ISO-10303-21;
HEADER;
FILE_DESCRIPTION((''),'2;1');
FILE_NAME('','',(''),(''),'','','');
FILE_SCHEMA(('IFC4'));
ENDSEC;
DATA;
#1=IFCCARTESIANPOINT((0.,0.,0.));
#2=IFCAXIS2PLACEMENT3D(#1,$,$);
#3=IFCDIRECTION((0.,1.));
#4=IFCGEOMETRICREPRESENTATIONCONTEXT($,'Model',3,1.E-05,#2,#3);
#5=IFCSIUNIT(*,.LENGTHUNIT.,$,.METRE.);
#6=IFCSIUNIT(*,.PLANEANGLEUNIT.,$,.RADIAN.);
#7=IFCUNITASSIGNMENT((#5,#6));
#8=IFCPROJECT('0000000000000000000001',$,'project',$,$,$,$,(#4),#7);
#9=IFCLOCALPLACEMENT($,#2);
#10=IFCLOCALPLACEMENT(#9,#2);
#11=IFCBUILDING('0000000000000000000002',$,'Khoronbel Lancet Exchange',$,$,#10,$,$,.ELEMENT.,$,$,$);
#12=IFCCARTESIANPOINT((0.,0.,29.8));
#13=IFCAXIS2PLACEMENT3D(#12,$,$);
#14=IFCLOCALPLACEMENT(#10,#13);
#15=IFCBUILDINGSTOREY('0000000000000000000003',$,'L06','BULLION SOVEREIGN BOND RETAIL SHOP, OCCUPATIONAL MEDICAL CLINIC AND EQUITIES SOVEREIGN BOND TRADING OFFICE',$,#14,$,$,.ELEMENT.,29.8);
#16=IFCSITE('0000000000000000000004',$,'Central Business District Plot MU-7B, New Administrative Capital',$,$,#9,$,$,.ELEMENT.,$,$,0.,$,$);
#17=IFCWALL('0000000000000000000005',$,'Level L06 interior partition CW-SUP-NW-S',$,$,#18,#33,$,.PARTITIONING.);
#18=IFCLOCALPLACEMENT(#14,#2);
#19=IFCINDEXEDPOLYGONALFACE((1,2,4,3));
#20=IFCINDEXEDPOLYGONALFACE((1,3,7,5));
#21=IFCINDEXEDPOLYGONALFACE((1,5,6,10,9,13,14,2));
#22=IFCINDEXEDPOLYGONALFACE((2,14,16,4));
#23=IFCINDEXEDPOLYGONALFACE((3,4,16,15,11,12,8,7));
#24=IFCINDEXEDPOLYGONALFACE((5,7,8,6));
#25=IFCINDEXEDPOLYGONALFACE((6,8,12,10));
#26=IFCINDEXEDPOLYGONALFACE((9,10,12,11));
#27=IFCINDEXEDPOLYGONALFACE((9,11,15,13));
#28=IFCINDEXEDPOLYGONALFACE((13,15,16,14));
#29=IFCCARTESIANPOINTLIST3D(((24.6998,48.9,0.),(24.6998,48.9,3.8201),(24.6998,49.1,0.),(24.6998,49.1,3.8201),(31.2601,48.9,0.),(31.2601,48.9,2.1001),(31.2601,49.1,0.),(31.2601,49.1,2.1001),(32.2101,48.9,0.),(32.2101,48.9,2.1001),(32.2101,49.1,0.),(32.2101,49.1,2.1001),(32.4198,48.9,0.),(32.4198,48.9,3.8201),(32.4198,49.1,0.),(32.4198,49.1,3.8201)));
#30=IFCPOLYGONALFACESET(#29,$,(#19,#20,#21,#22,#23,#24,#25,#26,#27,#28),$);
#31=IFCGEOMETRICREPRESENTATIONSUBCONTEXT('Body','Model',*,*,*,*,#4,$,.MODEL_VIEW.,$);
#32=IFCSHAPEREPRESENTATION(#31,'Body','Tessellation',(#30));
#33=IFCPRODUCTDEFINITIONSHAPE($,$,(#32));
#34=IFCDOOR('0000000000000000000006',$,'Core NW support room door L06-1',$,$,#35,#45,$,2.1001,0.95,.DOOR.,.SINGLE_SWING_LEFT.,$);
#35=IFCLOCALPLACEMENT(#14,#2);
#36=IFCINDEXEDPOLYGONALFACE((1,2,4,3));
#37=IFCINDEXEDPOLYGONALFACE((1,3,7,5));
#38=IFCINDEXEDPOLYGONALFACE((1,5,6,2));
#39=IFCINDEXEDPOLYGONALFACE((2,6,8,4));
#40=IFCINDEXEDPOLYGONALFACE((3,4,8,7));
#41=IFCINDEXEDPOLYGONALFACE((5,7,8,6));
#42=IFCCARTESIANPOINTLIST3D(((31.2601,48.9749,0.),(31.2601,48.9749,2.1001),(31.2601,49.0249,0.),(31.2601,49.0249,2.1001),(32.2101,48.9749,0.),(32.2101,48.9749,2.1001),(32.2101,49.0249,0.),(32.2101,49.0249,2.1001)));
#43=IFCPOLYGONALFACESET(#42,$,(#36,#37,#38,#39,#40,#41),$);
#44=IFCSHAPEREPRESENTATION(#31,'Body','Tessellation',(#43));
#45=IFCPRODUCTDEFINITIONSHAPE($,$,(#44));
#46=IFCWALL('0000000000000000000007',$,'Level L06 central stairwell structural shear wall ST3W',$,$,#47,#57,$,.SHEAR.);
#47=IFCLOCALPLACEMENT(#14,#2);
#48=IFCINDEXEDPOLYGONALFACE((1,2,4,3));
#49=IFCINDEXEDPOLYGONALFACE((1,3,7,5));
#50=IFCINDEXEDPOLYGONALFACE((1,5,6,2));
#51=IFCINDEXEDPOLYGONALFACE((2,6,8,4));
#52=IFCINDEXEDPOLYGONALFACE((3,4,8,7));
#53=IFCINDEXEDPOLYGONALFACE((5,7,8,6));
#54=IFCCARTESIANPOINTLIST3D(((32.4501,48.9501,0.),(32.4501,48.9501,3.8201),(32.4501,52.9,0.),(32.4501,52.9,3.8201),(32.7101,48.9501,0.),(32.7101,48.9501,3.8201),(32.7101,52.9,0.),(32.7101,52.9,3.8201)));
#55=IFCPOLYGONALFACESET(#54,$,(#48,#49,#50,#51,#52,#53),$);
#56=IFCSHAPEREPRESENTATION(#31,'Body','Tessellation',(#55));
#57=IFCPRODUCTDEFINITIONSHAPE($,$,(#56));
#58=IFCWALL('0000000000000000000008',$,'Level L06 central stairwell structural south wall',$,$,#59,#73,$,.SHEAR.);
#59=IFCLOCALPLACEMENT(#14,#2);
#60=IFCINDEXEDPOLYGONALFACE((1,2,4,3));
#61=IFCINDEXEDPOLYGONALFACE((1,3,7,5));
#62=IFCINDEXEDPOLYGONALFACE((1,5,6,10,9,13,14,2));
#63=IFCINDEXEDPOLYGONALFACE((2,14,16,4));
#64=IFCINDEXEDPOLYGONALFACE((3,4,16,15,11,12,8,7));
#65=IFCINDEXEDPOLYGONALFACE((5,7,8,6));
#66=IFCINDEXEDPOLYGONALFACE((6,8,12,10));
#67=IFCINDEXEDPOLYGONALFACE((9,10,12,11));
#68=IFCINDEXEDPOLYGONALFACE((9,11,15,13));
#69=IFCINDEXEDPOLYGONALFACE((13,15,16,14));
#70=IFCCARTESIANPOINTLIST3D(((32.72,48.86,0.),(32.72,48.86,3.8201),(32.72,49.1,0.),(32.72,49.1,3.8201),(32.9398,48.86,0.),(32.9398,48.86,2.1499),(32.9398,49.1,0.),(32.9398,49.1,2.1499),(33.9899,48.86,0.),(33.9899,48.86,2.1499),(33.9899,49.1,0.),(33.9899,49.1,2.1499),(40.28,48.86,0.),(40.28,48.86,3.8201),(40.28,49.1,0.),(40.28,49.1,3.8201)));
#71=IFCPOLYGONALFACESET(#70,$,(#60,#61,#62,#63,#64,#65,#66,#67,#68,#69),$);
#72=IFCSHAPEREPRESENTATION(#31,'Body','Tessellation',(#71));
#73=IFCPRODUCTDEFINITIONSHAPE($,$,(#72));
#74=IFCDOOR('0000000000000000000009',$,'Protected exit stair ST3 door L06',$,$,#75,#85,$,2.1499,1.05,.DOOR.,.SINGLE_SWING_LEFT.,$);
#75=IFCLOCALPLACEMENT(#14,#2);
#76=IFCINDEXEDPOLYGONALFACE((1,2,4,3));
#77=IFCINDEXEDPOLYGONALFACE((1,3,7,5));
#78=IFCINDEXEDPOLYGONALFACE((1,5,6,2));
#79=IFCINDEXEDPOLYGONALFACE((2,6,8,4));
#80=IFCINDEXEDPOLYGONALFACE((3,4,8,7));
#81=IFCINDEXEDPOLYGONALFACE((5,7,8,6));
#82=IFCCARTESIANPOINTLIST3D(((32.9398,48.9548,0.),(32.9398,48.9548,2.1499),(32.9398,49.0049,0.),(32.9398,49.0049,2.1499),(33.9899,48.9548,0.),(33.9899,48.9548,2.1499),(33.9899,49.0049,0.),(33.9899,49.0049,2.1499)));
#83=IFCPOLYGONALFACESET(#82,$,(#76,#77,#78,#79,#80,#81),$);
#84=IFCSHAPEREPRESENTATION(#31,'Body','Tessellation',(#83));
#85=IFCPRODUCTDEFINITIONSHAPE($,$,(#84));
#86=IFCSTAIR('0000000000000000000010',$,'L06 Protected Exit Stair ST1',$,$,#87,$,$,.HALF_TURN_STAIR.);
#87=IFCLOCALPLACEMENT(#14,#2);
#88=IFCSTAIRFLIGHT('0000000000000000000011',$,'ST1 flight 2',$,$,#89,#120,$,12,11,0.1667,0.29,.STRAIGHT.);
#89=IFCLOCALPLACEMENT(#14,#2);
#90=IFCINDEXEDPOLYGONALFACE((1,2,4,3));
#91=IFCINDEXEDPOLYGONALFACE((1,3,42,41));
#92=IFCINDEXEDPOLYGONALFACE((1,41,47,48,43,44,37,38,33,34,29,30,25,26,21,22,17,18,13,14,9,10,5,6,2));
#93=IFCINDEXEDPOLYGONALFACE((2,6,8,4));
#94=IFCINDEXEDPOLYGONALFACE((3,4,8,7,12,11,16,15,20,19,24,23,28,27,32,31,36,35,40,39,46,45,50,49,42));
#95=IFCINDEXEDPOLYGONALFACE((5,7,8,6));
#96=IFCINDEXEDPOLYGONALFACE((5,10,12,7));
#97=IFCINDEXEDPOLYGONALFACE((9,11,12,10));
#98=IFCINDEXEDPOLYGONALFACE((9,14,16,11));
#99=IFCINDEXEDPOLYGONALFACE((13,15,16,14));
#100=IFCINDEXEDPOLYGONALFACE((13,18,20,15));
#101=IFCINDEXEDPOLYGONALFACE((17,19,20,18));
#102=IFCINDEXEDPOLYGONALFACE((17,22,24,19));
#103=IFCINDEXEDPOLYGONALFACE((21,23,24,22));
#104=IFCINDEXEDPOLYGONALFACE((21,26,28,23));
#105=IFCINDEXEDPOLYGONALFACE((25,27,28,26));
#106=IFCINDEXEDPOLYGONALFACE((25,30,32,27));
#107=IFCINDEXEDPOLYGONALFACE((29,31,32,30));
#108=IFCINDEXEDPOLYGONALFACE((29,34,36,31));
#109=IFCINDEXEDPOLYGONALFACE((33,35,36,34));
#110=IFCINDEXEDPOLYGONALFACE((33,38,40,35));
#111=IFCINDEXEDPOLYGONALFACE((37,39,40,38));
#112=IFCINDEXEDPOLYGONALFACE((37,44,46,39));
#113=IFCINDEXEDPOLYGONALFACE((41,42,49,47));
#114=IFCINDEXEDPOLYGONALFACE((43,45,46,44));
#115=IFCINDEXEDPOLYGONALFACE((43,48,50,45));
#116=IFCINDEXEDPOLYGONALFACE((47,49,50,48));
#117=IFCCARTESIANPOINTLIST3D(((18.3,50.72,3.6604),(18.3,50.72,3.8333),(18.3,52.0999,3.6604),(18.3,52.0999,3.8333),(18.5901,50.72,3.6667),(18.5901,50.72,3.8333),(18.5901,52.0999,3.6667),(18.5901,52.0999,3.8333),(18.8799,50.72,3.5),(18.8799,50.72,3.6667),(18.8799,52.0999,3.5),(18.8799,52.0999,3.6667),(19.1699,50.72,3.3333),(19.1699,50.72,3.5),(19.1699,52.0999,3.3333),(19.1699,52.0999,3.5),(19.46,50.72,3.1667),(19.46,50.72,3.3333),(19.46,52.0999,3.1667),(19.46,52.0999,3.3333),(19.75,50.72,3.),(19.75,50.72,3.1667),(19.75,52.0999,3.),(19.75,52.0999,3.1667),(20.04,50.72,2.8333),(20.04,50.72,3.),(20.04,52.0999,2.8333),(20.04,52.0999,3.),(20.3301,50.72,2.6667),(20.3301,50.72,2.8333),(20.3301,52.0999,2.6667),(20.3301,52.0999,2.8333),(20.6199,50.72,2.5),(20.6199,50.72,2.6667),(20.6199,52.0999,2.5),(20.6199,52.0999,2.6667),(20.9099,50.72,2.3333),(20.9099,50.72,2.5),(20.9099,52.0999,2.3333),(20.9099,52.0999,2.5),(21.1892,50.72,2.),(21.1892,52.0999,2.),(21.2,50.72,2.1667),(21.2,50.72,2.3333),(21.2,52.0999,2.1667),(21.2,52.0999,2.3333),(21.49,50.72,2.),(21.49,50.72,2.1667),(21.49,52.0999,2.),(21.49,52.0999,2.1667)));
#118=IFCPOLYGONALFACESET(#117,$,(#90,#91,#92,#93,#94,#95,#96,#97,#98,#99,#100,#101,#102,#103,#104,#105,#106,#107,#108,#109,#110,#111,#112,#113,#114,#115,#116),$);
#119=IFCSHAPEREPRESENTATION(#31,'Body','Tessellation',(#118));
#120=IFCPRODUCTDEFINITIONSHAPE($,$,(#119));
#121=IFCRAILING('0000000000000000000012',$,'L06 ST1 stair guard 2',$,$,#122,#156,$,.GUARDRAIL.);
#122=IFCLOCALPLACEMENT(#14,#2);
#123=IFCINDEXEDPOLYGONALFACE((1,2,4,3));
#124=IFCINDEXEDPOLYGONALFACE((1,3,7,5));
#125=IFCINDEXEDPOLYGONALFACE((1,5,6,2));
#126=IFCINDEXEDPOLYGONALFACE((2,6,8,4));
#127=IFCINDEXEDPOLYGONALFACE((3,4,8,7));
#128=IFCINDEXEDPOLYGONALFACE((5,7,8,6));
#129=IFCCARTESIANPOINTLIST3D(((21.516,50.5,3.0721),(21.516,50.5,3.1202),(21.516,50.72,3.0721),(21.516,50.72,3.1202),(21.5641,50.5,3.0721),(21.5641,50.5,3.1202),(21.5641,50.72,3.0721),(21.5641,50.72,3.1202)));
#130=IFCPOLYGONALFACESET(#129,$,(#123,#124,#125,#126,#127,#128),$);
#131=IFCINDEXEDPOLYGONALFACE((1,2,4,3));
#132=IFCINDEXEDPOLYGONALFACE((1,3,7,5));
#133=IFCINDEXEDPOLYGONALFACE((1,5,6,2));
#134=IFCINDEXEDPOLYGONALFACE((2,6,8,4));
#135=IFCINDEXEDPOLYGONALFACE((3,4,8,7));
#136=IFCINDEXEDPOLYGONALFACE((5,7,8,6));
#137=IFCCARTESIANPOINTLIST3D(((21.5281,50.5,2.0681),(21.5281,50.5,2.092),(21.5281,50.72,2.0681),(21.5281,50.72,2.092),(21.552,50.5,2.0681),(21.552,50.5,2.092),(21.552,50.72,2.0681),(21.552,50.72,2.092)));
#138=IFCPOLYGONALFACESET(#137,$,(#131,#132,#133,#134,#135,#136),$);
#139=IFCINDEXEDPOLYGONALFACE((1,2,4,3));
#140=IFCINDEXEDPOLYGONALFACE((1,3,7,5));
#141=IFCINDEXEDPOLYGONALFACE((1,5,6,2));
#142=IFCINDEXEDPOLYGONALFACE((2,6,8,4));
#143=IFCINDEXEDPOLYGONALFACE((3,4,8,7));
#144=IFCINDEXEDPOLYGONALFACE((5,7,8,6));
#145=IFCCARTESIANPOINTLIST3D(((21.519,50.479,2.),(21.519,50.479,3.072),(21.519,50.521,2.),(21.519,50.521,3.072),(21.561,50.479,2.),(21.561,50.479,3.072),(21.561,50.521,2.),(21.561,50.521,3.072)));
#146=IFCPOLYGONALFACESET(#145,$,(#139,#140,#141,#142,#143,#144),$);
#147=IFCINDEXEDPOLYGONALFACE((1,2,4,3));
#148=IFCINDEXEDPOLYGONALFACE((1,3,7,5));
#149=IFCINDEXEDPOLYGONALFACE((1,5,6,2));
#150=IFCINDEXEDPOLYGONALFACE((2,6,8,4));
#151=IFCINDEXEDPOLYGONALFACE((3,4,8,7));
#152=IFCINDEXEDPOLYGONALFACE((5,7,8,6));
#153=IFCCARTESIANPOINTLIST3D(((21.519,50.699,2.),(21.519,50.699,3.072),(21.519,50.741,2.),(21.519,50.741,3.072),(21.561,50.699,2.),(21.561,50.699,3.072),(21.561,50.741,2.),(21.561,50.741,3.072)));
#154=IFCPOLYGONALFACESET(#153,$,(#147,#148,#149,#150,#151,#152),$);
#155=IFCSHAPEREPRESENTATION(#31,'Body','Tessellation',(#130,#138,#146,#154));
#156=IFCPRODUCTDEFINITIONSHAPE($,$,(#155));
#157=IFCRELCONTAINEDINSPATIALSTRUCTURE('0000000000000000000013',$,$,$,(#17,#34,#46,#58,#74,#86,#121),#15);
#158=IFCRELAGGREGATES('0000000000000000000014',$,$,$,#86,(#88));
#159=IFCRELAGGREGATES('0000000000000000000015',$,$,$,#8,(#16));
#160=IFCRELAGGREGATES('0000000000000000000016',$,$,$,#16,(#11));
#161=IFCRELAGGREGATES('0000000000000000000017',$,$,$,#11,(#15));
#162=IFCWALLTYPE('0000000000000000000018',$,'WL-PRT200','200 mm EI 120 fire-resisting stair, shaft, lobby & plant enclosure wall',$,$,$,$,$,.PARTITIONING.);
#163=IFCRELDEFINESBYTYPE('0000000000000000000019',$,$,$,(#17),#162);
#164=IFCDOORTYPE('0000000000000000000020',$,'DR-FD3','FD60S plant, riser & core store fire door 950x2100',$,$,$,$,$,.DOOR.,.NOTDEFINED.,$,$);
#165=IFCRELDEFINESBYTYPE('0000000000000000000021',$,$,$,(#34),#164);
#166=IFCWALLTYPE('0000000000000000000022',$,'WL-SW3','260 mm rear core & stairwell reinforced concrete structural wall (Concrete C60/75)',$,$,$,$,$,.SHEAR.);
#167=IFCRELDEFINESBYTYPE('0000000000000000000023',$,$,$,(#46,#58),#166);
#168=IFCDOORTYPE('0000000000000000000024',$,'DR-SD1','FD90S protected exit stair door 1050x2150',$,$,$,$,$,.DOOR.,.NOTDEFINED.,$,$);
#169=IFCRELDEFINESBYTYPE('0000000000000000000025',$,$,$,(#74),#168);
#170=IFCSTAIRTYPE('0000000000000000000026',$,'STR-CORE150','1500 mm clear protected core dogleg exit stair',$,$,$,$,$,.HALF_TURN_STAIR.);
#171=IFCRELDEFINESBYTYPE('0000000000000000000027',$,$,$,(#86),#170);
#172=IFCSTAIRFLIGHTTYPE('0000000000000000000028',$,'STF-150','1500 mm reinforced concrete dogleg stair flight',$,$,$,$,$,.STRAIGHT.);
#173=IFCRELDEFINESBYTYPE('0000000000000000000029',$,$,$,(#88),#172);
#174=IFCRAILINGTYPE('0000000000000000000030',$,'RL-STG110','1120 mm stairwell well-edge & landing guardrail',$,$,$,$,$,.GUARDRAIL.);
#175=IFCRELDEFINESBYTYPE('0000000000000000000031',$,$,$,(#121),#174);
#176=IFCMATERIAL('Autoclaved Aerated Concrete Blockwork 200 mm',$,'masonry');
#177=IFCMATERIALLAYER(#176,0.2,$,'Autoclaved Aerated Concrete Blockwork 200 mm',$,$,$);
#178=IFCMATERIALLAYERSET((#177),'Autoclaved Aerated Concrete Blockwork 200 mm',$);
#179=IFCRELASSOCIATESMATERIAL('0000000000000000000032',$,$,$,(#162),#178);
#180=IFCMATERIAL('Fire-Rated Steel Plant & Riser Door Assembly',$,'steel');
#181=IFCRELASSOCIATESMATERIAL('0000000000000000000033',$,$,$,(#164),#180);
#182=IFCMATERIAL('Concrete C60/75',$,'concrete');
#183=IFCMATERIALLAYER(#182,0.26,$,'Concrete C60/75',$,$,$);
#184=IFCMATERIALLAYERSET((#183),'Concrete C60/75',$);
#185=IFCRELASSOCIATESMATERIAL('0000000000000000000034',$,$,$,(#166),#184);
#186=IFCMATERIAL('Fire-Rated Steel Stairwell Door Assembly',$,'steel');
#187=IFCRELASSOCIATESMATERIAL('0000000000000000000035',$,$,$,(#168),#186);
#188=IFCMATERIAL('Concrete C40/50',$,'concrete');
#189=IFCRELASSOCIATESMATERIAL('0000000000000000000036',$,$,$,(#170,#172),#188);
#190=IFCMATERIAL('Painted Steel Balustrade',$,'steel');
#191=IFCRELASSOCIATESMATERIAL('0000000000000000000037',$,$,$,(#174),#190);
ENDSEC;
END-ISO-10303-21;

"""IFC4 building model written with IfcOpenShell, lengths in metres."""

from ifc_helpers import new_model, si_unit, direction, frame, frame_2d, origin, origin_2d, place, context, subcontext, project, spatial, polyline, rectangle, outline, extrude, material, layer, layer_set, type_object, element, fill, aggregate, save


model = new_model("IFC4")

# Units and contexts
model_context = context("Model", 3, precision=1e-05, world=origin(), true_north=direction((0.0, 1.0)))
body_context = subcontext(model_context, "Body", "Model", "MODEL_VIEW")
ifc_project = project(units=[si_unit("LENGTHUNIT", "METRE"), si_unit("PLANEANGLEUNIT", "RADIAN")], contexts=[model_context])

# Site, building, storey
site_placement = place(None, origin())
site = spatial("IfcSite", under=ifc_project, at=site_placement, Name="Central Business District Plot MU-7B, New Administrative Capital", CompositionType="ELEMENT", RefElevation=0.0)
building_placement = place(site_placement, origin())
building = spatial("IfcBuilding", under=site, at=building_placement, Name="Khoronbel Lancet Exchange", CompositionType="ELEMENT")
storey_placement = place(building_placement, frame((0.0, 0.0, 29.8)))
storey = spatial("IfcBuildingStorey", under=building, at=storey_placement, Name="L06", Description="BULLION SOVEREIGN BOND RETAIL SHOP, OCCUPATIONAL MEDICAL CLINIC AND EQUITIES SOVEREIGN BOND TRADING OFFICE", CompositionType="ELEMENT", Elevation=29.8)

# Shared definitions
ifc_material_1 = material(Name="Autoclaved Aerated Concrete Blockwork 200 mm", Category="masonry")
ifc_layer_1 = layer(ifc_material_1, 0.2, Name="Autoclaved Aerated Concrete Blockwork 200 mm")
ifc_layer_set_1 = layer_set([ifc_layer_1], Name="Autoclaved Aerated Concrete Blockwork 200 mm")
wall_type_1 = type_object("IfcWallType", Name="WL-PRT200", Description="200 mm EI 120 fire-resisting stair, shaft, lobby & plant enclosure wall", PredefinedType="PARTITIONING", material=ifc_layer_set_1)

# Wall, opening, door
wall_1_placement = place(storey_placement, frame((24.7, 49.0, 0.0), z_axis=(0.0, 0.0, 1.0), x_axis=(1.0, 0.0, 0.0)))
wall_1 = element("IfcWall", 1, at=wall_1_placement, inside=storey, type_object=wall_type_1, Name="Level L06 interior partition CW-SUP-NW-S", PredefinedType="PARTITIONING", context=body_context, shape_type="SweptSolid", body=[
    extrude(rectangle(XDim=7.72, YDim=0.2, at=frame_2d((3.8599, 0.0))), origin(), (0.0, 0.0, 1.0), 3.8201),
])
opening_1_placement = place(wall_1_placement, frame((6.5601, 0.0, 0.0)))
opening_1 = element("IfcOpeningElement", 2, at=opening_1_placement, cuts=wall_1, PredefinedType="OPENING", context=body_context, shape_type="SweptSolid", body=[
    extrude(rectangle(XDim=0.95, YDim=2.1001, at=frame_2d((0.4751, 1.05))), frame((0.0, 0.1099, 0.0), z_axis=(0.0, -1.0, 0.0), x_axis=(1.0, 0.0, 0.0)), (0.0, 0.0, 1.0), 0.22),
])
ifc_material_2 = material(Name="Fire-Rated Steel Plant & Riser Door Assembly", Category="steel")
door_type_1 = type_object("IfcDoorType", Name="DR-FD3", Description="FD60S plant, riser & core store fire door 950x2100", OperationType="NOTDEFINED", PredefinedType="DOOR", material=ifc_material_2)
door_1_placement = place(opening_1_placement, origin())
door_1 = element("IfcDoor", 3, at=door_1_placement, inside=storey, type_object=door_type_1, Name="Core NW support room door L06-1", OperationType="SINGLE_SWING_LEFT", OverallHeight=2.1001, OverallWidth=0.95, PredefinedType="DOOR", context=body_context, shape_type="SweptSolid", body=[
    extrude(rectangle(XDim=0.95, YDim=2.1001, at=frame_2d((0.4751, 1.05))), frame((0.0, 0.0249, 0.0), z_axis=(0.0, -1.0, 0.0), x_axis=(1.0, 0.0, 0.0)), (0.0, 0.0, 1.0), 0.05),
])
fill(opening_1, door_1)

# Wall
ifc_material_3 = material(Name="Concrete C60/75", Category="concrete")
ifc_layer_2 = layer(ifc_material_3, 0.26, Name="Concrete C60/75")
ifc_layer_set_2 = layer_set([ifc_layer_2], Name="Concrete C60/75")
wall_type_2 = type_object("IfcWallType", Name="WL-SW3", Description="260 mm rear core & stairwell reinforced concrete structural wall (Concrete C60/75)", PredefinedType="SHEAR", material=ifc_layer_set_2)
wall_2_placement = place(storey_placement, frame((32.5801, 48.95, 0.0), z_axis=(0.0, 0.0, 1.0), x_axis=(0.0, 1.0, 0.0)))
element("IfcWall", 4, at=wall_2_placement, inside=storey, type_object=wall_type_2, Name="Level L06 central stairwell structural shear wall ST3W", PredefinedType="SHEAR", context=body_context, shape_type="SweptSolid", body=[
    extrude(rectangle(XDim=3.95, YDim=0.26, at=frame_2d((1.9751, 0.0))), origin(), (0.0, 0.0, 1.0), 3.8201),
])

# Wall, opening, door
wall_3_placement = place(storey_placement, frame((32.72, 48.98, 0.0), z_axis=(0.0, 0.0, 1.0), x_axis=(1.0, 0.0, 0.0)))
wall_3 = element("IfcWall", 5, at=wall_3_placement, inside=storey, type_object=wall_type_2, Name="Level L06 central stairwell structural south wall", PredefinedType="SHEAR", context=body_context, shape_type="SweptSolid", body=[
    extrude(rectangle(XDim=7.5601, YDim=0.24, at=frame_2d((3.78, 0.0))), origin(), (0.0, 0.0, 1.0), 3.8201),
])
opening_2_placement = place(wall_3_placement, frame((0.22, 0.0, 0.0)))
opening_2 = element("IfcOpeningElement", 6, at=opening_2_placement, cuts=wall_3, PredefinedType="OPENING", context=body_context, shape_type="SweptSolid", body=[
    extrude(rectangle(XDim=1.05, YDim=2.1499, at=frame_2d((0.5249, 1.075))), frame((0.0, 0.1299, 0.0), z_axis=(0.0, -1.0, 0.0), x_axis=(1.0, 0.0, 0.0)), (0.0, 0.0, 1.0), 0.26),
])
ifc_material_4 = material(Name="Fire-Rated Steel Stairwell Door Assembly", Category="steel")
door_type_2 = type_object("IfcDoorType", Name="DR-SD1", Description="FD90S protected exit stair door 1050x2150", OperationType="NOTDEFINED", PredefinedType="DOOR", material=ifc_material_4)
door_2_placement = place(opening_2_placement, origin())
door_2 = element("IfcDoor", 7, at=door_2_placement, inside=storey, type_object=door_type_2, Name="Protected exit stair ST3 door L06", OperationType="SINGLE_SWING_LEFT", OverallHeight=2.1499, OverallWidth=1.05, PredefinedType="DOOR", context=body_context, shape_type="SweptSolid", body=[
    extrude(rectangle(XDim=1.05, YDim=2.1499, at=frame_2d((0.5249, 1.075))), frame((0.0, 0.0249, 0.0), z_axis=(0.0, -1.0, 0.0), x_axis=(1.0, 0.0, 0.0)), (0.0, 0.0, 1.0), 0.05),
])
fill(opening_2, door_2)

# Stair, stair flight
ifc_material_5 = material(Name="Concrete C40/50", Category="concrete")
stair_type = type_object("IfcStairType", Name="STR-CORE150", Description="1500 mm clear protected core dogleg exit stair", PredefinedType="HALF_TURN_STAIR", material=ifc_material_5)
stair_placement = place(storey_placement, origin())
stair = element("IfcStair", 8, at=stair_placement, inside=storey, type_object=stair_type, Name="L06 Protected Exit Stair ST1", PredefinedType="HALF_TURN_STAIR")
stair_flight_type = type_object("IfcStairFlightType", Name="STF-150", Description="1500 mm reinforced concrete dogleg stair flight", PredefinedType="STRAIGHT", material=ifc_material_5)
stair_flight_placement = place(storey_placement, frame((21.49, 51.4099, 2.0), z_axis=(0.0, 0.0, 1.0), x_axis=(-1.0, 0.0, 0.0)))
stair_flight = element("IfcStairFlight", 9, at=stair_flight_placement, type_object=stair_flight_type, Name="ST1 flight 2", NumberOfRisers=12, NumberOfTreads=11, PredefinedType="STRAIGHT", RiserHeight=0.1667, TreadLength=0.29, context=body_context, shape_type="SweptSolid", body=[
    extrude(outline(polyline([(0.0, 0.0), (0.0, 0.1667), (0.29, 0.1667), (0.29, 0.3333), (0.5801, 0.3333), (0.5801, 0.5), (0.8701, 0.5), (0.8701, 0.6667), (1.1599, 0.6667), (1.1599, 0.8333), (1.45, 0.8333), (1.45, 1.0), (1.74, 1.0), (1.74, 1.1667), (2.03, 1.1667), (2.03, 1.3333), (2.3201, 1.3333), (2.3201, 1.5), (2.6101, 1.5), (2.6101, 1.6667), (2.8999, 1.6667), (2.8999, 1.8333), (3.1899, 1.8333), (3.1899, 2.0), (3.1899, 1.6604), (0.3008, 0.0), (0.0, 0.0)])), frame((0.0, 0.6899, 0.0), z_axis=(0.0, -1.0, 0.0), x_axis=(1.0, 0.0, 0.0)), (0.0, 0.0, 1.0), 1.3799),
])
aggregate(stair, [stair_flight])

# Railing
ifc_material_6 = material(Name="Painted Steel Balustrade", Category="steel")
railing_type_1 = type_object("IfcRailingType", Name="RL-STG110", Description="1120 mm stairwell well-edge & landing guardrail", PredefinedType="GUARDRAIL", material=ifc_material_6)
railing_1_placement = place(storey_placement, frame((21.54, 50.5, 2.0)))
element("IfcRailing", 10, at=railing_1_placement, inside=storey, type_object=railing_type_1, Name="L06 ST1 stair guard 2", PredefinedType="GUARDRAIL", context=body_context, shape_type="SweptSolid", body=[
    extrude(rectangle(XDim=0.0481, YDim=0.0481, at=origin_2d()), frame((0.0, 0.0, 1.0962), z_axis=(0.0, 1.0, 0.0), x_axis=(-1.0, 0.0, 0.0)), (0.0, 0.0, 1.0), 0.22),
    extrude(rectangle(XDim=0.0239, YDim=0.0239, at=origin_2d()), frame((0.0, 0.0, 0.0801), z_axis=(0.0, 1.0, 0.0), x_axis=(-1.0, 0.0, 0.0)), (0.0, 0.0, 1.0), 0.22),
    extrude(rectangle(XDim=0.042, YDim=0.042, at=origin_2d()), origin(), (0.0, 0.0, 1.0), 1.072),
    extrude(rectangle(XDim=0.042, YDim=0.042, at=origin_2d()), frame((0.0, 0.22, 0.0)), (0.0, 0.0, 1.0), 1.072),
])

save(model, "model.ifc")
